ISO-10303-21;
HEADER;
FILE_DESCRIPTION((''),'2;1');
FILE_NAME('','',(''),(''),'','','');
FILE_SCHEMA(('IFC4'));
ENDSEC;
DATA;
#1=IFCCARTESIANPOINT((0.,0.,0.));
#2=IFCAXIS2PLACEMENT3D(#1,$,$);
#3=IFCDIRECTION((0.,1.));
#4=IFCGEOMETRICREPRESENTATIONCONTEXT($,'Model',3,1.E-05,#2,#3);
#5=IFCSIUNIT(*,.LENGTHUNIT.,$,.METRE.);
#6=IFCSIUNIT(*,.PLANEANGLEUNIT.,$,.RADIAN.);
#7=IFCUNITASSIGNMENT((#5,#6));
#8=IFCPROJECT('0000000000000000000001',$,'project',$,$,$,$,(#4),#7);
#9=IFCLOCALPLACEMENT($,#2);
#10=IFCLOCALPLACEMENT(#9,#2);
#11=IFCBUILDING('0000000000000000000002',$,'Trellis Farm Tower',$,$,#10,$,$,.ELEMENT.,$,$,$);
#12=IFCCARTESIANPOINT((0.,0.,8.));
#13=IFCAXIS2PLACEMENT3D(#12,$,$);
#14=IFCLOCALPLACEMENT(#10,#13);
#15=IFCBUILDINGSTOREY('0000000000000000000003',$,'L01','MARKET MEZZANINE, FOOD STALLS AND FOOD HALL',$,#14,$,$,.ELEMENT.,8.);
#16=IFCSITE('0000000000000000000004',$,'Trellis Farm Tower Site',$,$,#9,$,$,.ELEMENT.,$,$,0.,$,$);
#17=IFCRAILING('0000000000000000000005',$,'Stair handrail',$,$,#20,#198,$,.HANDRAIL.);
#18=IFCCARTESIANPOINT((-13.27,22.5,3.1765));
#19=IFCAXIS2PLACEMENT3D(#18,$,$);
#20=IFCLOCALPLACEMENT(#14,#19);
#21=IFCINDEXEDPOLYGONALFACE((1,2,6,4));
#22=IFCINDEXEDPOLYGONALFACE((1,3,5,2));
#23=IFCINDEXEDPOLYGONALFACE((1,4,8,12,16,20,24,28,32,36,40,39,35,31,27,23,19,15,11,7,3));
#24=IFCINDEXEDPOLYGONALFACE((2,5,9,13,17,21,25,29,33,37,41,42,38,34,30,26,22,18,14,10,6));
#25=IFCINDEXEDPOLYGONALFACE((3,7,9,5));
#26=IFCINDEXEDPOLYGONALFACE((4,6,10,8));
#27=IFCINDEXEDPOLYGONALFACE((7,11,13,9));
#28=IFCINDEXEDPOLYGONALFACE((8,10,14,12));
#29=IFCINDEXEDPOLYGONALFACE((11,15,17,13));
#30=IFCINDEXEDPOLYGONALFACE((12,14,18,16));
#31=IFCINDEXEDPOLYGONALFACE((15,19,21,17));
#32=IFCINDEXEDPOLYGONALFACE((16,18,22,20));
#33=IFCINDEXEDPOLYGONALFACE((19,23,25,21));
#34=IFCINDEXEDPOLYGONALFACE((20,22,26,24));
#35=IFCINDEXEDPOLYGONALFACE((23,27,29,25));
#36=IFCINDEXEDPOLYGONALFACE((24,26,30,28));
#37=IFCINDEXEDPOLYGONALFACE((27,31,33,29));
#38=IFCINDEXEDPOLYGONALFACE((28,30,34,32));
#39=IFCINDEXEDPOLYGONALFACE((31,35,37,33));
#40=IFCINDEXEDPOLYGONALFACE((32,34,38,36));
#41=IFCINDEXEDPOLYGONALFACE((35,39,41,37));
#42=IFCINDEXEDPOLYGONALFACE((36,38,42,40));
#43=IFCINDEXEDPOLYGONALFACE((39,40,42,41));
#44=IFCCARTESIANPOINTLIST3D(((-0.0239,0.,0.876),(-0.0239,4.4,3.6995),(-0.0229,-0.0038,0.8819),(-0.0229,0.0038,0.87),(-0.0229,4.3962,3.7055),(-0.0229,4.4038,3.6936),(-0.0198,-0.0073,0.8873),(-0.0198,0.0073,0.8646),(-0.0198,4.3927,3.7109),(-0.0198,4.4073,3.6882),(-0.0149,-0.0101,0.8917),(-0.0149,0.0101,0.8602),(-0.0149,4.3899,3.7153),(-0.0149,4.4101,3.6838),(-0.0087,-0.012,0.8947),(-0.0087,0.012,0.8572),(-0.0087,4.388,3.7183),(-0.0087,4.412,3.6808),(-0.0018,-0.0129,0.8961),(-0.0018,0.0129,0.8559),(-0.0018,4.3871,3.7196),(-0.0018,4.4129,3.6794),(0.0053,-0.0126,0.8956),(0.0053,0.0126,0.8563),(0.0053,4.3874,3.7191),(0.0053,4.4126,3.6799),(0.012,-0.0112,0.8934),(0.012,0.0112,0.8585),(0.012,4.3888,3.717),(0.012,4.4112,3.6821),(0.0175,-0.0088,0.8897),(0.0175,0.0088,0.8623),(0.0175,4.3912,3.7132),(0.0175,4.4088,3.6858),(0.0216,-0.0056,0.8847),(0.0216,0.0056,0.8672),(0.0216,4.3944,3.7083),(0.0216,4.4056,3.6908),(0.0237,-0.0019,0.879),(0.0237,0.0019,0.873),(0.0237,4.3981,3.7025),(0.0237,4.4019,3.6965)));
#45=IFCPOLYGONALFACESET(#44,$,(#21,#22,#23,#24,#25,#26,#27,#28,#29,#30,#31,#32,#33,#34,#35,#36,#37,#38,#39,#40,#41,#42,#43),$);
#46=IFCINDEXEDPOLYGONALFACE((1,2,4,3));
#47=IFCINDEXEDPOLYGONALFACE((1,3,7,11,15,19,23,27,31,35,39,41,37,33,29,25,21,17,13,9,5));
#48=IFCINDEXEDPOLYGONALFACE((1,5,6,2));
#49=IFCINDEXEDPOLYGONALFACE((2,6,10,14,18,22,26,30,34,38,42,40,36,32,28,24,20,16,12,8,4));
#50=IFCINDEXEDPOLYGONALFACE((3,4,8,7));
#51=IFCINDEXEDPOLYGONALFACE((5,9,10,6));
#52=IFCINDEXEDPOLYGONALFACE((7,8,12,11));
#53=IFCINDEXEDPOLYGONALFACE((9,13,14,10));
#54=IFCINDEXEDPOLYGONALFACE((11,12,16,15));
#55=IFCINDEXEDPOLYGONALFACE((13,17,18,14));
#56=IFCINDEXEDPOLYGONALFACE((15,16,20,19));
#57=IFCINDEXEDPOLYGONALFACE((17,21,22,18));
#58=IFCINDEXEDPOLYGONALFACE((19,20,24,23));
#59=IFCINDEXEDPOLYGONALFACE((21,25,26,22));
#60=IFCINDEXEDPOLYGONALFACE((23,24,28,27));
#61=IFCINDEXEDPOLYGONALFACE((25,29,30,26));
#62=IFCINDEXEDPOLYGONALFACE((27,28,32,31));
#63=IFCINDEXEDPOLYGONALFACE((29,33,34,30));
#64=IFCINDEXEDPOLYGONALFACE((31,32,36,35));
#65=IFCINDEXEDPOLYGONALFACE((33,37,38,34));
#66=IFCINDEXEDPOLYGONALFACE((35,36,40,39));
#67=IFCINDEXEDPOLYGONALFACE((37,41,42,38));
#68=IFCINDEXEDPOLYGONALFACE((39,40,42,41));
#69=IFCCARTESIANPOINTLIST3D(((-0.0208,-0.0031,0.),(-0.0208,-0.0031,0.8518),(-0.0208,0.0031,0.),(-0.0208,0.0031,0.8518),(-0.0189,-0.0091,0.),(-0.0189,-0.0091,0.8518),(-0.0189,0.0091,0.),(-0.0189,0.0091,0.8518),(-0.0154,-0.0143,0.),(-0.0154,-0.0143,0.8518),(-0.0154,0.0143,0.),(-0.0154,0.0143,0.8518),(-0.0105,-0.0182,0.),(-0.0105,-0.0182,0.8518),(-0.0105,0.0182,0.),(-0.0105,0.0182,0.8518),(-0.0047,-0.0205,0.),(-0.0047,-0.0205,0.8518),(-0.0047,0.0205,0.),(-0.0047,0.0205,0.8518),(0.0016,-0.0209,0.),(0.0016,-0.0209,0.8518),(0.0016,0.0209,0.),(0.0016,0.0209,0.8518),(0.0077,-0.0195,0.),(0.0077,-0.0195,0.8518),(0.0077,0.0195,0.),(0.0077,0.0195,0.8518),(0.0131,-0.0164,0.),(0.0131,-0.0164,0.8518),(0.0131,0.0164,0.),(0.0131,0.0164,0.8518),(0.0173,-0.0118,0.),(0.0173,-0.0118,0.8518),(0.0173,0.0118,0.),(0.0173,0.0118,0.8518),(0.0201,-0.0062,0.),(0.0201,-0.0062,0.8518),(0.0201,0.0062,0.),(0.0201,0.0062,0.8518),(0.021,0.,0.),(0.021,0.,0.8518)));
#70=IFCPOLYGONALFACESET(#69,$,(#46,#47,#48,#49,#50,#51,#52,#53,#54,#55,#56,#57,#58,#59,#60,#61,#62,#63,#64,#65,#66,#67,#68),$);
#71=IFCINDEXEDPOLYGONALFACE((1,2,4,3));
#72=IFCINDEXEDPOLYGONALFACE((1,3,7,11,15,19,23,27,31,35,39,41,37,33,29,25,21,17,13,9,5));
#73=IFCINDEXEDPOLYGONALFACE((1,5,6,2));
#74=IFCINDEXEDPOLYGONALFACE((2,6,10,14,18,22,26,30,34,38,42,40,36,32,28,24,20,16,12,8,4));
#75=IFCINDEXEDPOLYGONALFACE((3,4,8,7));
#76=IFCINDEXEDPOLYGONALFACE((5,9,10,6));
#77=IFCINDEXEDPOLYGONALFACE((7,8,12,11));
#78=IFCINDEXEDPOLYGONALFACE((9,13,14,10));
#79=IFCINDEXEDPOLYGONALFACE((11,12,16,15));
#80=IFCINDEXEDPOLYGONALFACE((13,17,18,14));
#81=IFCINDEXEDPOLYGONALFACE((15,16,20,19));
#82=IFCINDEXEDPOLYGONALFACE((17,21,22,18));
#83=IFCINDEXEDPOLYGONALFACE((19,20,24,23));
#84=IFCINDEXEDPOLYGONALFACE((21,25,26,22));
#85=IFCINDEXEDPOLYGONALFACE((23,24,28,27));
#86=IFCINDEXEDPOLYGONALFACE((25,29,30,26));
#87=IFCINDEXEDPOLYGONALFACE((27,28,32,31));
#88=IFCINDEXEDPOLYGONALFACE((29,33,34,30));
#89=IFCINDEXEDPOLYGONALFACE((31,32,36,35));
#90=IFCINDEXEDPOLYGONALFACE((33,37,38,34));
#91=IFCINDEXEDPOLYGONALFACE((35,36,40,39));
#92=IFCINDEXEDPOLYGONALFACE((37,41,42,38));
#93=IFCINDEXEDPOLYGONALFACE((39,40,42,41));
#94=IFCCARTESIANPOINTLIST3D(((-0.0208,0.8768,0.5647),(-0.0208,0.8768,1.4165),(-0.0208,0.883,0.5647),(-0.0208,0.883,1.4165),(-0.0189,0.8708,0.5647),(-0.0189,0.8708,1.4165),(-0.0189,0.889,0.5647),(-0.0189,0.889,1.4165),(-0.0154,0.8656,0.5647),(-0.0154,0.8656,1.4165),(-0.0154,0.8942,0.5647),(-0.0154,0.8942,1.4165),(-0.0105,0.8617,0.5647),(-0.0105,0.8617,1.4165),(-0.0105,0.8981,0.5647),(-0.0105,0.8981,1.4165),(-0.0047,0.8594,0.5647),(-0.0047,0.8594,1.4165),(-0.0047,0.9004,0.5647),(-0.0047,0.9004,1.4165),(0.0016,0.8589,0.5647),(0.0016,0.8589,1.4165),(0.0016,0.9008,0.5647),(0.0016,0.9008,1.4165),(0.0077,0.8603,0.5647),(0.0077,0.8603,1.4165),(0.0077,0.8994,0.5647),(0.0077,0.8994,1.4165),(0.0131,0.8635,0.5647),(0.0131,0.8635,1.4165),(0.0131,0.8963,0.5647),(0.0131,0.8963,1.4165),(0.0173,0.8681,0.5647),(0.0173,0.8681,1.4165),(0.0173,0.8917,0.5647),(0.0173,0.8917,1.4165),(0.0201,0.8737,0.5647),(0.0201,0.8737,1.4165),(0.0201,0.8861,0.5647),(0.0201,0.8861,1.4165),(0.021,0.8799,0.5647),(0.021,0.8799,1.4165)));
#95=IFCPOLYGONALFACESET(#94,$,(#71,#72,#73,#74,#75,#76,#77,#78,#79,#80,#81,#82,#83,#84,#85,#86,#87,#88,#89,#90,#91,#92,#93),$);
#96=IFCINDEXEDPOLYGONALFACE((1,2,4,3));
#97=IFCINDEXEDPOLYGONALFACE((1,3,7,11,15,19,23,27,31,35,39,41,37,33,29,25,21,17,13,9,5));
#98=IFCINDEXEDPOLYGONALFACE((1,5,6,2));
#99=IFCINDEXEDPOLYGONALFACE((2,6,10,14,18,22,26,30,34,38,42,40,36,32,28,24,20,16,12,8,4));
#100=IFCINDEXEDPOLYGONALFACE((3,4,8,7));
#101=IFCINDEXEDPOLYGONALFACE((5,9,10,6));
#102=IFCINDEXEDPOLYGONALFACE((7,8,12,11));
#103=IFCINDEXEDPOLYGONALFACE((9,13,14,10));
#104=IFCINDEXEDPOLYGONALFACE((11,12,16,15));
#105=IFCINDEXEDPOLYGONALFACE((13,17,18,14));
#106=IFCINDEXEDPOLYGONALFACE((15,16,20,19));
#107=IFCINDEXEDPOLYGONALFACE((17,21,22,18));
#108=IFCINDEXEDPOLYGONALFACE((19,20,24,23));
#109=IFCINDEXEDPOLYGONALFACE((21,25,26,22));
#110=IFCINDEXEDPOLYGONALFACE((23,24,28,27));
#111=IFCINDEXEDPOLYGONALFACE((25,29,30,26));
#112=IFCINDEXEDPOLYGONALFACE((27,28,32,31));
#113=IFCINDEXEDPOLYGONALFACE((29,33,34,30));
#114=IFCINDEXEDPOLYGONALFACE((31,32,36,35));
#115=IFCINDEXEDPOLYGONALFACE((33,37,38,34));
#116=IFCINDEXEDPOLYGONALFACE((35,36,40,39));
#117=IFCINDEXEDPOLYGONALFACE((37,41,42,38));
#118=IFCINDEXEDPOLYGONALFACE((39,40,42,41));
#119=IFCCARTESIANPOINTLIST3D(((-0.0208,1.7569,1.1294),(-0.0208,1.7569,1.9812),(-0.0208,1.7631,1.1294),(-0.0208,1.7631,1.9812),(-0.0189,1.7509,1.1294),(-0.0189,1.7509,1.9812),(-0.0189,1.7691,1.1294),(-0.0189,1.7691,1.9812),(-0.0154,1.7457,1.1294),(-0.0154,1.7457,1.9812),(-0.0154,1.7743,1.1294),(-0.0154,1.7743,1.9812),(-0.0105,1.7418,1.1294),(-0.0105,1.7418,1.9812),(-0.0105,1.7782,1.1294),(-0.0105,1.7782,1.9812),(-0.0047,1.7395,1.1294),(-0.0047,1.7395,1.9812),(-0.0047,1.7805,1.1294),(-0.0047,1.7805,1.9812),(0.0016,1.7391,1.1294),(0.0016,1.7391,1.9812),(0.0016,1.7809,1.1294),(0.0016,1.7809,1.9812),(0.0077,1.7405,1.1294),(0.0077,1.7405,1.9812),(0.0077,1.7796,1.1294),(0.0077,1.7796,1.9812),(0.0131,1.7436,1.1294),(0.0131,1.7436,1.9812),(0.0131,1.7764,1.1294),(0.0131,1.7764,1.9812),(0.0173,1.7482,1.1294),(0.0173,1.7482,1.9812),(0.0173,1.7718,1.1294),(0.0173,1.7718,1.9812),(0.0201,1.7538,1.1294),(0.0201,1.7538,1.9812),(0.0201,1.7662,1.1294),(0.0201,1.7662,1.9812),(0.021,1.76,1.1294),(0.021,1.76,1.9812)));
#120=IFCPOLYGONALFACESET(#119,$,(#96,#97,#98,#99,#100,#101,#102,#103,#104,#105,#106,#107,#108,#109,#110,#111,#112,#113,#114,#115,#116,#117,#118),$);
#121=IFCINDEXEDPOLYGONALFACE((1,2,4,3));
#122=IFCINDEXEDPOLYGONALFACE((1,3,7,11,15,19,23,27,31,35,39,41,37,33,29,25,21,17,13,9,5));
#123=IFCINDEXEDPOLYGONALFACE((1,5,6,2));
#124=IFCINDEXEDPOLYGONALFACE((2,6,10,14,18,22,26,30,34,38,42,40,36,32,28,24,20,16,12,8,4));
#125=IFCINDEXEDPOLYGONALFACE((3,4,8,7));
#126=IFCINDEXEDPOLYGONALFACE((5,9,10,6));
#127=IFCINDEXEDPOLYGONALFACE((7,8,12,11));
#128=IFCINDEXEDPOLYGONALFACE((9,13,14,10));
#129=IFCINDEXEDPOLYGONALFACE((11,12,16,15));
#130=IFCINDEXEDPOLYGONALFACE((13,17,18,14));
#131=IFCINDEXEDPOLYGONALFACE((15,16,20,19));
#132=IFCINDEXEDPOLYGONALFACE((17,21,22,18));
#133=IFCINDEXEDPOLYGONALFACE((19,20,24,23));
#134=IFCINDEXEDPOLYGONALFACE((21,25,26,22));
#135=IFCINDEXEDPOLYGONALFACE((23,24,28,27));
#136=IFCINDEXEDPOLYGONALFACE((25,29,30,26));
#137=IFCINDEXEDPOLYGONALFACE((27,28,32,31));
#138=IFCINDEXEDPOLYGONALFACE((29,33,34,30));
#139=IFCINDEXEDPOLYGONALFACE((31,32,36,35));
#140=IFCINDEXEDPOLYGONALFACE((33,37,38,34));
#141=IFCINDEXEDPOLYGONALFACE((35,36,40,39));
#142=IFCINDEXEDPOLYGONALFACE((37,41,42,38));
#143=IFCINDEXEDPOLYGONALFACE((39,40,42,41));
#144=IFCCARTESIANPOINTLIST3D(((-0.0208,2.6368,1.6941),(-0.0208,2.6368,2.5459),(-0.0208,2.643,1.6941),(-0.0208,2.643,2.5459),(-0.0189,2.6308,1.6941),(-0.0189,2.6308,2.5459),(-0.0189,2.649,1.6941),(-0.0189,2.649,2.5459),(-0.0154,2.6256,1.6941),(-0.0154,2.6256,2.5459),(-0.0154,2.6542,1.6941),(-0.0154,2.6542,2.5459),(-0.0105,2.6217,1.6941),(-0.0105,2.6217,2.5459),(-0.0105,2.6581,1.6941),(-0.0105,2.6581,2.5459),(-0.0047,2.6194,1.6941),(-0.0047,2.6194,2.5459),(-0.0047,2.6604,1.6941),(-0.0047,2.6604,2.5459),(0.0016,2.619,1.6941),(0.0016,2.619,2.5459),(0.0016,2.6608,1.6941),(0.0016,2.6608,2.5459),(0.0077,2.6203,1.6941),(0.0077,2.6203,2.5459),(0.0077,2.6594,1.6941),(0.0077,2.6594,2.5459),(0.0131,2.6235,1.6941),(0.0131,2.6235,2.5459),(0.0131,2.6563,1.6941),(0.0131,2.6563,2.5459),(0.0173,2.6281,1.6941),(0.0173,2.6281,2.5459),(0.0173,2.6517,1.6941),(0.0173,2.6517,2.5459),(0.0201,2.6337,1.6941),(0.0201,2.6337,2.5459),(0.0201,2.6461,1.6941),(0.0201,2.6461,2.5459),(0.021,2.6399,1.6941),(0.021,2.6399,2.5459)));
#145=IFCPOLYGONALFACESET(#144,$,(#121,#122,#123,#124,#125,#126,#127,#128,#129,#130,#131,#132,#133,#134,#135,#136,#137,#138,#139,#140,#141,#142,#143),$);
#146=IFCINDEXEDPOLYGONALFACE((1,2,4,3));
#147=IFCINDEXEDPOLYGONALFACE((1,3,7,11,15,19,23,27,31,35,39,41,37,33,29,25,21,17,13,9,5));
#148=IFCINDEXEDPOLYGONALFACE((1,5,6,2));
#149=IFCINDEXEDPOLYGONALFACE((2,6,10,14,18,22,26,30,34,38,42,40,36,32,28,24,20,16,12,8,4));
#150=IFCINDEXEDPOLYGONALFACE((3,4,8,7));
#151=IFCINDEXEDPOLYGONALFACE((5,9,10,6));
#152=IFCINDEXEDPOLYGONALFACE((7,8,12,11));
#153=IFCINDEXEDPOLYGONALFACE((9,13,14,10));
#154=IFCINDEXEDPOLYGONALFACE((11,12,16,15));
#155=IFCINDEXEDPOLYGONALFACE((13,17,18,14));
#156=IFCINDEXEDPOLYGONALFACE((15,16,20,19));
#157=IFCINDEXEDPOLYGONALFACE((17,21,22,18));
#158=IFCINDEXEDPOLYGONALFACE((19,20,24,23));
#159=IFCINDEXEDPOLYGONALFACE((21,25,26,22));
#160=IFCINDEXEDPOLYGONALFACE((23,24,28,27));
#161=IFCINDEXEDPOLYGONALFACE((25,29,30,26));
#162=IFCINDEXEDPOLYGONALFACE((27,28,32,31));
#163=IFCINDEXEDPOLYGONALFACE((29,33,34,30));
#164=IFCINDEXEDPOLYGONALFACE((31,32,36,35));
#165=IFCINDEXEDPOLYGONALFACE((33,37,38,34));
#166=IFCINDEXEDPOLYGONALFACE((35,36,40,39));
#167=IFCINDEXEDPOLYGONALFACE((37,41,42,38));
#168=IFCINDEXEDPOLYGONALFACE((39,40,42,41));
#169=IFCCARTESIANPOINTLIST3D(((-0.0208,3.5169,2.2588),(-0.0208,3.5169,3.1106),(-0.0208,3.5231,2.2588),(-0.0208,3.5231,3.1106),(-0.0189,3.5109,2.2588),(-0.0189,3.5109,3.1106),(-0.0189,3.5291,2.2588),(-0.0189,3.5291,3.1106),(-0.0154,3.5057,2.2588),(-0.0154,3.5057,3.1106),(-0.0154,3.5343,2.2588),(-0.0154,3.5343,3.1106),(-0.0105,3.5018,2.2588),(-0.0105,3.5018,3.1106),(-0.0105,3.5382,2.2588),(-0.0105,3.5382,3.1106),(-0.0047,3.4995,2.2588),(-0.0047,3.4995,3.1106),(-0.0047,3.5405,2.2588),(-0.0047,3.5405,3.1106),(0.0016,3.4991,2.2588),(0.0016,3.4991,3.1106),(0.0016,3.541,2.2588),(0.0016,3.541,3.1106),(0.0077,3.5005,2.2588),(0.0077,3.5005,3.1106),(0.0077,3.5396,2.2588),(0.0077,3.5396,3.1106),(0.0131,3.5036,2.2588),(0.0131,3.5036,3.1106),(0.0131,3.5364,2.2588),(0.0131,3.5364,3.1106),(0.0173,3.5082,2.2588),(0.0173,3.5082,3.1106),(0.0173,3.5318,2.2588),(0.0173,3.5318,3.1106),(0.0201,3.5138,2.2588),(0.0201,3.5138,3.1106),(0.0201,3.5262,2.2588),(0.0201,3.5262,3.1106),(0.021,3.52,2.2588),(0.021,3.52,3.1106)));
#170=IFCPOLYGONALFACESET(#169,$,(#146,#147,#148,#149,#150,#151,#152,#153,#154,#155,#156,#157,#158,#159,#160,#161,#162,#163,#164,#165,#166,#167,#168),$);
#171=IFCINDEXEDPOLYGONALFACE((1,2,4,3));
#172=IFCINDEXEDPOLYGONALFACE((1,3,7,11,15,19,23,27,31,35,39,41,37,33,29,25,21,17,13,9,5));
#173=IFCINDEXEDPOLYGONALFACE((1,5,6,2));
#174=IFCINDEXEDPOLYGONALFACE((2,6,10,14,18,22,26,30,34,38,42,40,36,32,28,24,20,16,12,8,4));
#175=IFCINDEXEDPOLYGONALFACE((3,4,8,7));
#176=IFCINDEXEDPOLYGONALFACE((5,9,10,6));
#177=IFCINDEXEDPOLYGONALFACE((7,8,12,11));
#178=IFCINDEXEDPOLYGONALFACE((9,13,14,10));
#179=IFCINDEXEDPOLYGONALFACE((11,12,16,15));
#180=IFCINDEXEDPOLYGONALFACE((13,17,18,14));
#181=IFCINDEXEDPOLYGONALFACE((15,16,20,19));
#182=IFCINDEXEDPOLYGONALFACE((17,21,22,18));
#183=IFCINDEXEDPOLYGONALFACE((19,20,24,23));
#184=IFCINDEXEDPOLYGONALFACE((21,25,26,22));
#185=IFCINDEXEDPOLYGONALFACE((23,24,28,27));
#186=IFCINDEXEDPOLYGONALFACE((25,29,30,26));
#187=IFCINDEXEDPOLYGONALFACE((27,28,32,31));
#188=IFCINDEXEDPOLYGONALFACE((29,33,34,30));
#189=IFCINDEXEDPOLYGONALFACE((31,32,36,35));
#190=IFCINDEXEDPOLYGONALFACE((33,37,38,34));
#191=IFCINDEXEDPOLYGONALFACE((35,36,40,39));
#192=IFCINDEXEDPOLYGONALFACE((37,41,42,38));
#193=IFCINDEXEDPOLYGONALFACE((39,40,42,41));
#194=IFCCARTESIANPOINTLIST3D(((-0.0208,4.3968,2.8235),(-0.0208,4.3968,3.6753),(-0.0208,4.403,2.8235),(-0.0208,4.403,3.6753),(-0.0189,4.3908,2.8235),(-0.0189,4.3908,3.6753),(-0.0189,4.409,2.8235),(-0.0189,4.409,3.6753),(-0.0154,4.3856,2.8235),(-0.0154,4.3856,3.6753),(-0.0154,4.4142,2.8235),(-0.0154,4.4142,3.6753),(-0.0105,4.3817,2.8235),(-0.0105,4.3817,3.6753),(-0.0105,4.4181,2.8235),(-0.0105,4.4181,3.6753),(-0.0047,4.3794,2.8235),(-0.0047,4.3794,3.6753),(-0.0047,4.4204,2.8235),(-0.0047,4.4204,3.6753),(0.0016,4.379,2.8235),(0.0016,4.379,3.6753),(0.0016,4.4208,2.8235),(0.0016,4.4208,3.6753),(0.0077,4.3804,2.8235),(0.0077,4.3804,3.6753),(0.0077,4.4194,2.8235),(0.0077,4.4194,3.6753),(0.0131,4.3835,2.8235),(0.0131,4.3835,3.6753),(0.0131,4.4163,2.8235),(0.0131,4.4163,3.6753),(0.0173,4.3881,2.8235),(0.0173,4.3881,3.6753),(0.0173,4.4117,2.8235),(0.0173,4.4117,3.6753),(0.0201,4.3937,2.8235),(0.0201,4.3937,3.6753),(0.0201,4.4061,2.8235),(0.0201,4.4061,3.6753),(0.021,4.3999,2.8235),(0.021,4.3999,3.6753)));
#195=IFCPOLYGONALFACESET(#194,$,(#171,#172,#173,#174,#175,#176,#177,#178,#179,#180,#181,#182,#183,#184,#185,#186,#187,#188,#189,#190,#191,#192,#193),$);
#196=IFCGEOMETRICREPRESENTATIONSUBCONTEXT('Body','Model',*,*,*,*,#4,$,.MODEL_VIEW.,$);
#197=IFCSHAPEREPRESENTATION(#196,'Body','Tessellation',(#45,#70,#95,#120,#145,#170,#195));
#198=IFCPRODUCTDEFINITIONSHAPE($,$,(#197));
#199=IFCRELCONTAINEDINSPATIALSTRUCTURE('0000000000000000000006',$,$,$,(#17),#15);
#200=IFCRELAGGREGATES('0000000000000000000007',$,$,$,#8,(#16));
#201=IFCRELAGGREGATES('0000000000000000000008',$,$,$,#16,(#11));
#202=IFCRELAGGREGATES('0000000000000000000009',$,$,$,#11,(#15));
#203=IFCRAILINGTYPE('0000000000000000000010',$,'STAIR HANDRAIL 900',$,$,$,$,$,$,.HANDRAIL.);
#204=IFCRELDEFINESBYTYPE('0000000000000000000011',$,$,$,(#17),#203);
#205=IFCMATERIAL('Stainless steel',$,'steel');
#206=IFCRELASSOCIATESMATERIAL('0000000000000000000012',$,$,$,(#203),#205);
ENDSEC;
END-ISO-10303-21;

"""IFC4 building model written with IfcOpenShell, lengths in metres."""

from ifc_helpers import new_model, si_unit, direction, frame, origin, origin_2d, place, context, subcontext, project, spatial, circle, extrude, source, transform, mapped, material, type_object, element, save


model = new_model("IFC4")

# Units and contexts
model_context = context("Model", 3, precision=1e-05, world=origin(), true_north=direction((0.0, 1.0)))
body_context = subcontext(model_context, "Body", "Model", "MODEL_VIEW")
ifc_project = project(units=[si_unit("LENGTHUNIT", "METRE"), si_unit("PLANEANGLEUNIT", "RADIAN")], contexts=[model_context])

# Site, building, storey
site_placement = place(None, origin())
site = spatial("IfcSite", under=ifc_project, at=site_placement, Name="Trellis Farm Tower Site", CompositionType="ELEMENT", RefElevation=0.0)
building_placement = place(site_placement, origin())
building = spatial("IfcBuilding", under=site, at=building_placement, Name="Trellis Farm Tower", CompositionType="ELEMENT")
storey_placement = place(building_placement, frame((0.0, 0.0, 8.0)))
storey = spatial("IfcBuildingStorey", under=building, at=storey_placement, Name="L01", Description="MARKET MEZZANINE, FOOD STALLS AND FOOD HALL", CompositionType="ELEMENT", Elevation=8.0)

# Railing
ifc_material_1 = material(Name="Stainless steel", Category="steel")
railing_type = type_object("IfcRailingType", Name="STAIR HANDRAIL 900", PredefinedType="HANDRAIL", material=ifc_material_1)
shared_shape_1 = source(origin(), body_context, "Body", "SweptSolid", [
    extrude(circle(Radius=0.0239, at=origin_2d()), frame((0.0, 0.0, 0.876), z_axis=(0.0, 0.841615, 0.540078), x_axis=(-1.0, 0.0, 0.0)), (0.0, 0.0, 1.0), 5.228),
    extrude(circle(Radius=0.021, at=origin_2d()), origin(), (0.0, 0.0, 1.0), 0.8518),
    extrude(circle(Radius=0.021, at=origin_2d()), frame((0.0, 0.8799, 0.5647)), (0.0, 0.0, 1.0), 0.8518),
    extrude(circle(Radius=0.021, at=origin_2d()), frame((0.0, 1.76, 1.1294)), (0.0, 0.0, 1.0), 0.8518),
    extrude(circle(Radius=0.021, at=origin_2d()), frame((0.0, 2.6399, 1.6941)), (0.0, 0.0, 1.0), 0.8518),
    extrude(circle(Radius=0.021, at=origin_2d()), frame((0.0, 3.52, 2.2588)), (0.0, 0.0, 1.0), 0.8518),
    extrude(circle(Radius=0.021, at=origin_2d()), frame((0.0, 4.3999, 2.8235)), (0.0, 0.0, 1.0), 0.8518),
])
for number, where, name in (
    (1, (-13.27, 22.5, 3.1765), "Stair handrail"),
):
    element("IfcRailing", number, at=place(storey_placement, frame(where)), inside=storey, type_object=railing_type, Name=name, PredefinedType="HANDRAIL", context=body_context, shape_type="MappedRepresentation", body=[
        mapped(shared_shape_1, transform((0.0, 0.0, 0.0))),
    ])

save(model, "model.ifc")
